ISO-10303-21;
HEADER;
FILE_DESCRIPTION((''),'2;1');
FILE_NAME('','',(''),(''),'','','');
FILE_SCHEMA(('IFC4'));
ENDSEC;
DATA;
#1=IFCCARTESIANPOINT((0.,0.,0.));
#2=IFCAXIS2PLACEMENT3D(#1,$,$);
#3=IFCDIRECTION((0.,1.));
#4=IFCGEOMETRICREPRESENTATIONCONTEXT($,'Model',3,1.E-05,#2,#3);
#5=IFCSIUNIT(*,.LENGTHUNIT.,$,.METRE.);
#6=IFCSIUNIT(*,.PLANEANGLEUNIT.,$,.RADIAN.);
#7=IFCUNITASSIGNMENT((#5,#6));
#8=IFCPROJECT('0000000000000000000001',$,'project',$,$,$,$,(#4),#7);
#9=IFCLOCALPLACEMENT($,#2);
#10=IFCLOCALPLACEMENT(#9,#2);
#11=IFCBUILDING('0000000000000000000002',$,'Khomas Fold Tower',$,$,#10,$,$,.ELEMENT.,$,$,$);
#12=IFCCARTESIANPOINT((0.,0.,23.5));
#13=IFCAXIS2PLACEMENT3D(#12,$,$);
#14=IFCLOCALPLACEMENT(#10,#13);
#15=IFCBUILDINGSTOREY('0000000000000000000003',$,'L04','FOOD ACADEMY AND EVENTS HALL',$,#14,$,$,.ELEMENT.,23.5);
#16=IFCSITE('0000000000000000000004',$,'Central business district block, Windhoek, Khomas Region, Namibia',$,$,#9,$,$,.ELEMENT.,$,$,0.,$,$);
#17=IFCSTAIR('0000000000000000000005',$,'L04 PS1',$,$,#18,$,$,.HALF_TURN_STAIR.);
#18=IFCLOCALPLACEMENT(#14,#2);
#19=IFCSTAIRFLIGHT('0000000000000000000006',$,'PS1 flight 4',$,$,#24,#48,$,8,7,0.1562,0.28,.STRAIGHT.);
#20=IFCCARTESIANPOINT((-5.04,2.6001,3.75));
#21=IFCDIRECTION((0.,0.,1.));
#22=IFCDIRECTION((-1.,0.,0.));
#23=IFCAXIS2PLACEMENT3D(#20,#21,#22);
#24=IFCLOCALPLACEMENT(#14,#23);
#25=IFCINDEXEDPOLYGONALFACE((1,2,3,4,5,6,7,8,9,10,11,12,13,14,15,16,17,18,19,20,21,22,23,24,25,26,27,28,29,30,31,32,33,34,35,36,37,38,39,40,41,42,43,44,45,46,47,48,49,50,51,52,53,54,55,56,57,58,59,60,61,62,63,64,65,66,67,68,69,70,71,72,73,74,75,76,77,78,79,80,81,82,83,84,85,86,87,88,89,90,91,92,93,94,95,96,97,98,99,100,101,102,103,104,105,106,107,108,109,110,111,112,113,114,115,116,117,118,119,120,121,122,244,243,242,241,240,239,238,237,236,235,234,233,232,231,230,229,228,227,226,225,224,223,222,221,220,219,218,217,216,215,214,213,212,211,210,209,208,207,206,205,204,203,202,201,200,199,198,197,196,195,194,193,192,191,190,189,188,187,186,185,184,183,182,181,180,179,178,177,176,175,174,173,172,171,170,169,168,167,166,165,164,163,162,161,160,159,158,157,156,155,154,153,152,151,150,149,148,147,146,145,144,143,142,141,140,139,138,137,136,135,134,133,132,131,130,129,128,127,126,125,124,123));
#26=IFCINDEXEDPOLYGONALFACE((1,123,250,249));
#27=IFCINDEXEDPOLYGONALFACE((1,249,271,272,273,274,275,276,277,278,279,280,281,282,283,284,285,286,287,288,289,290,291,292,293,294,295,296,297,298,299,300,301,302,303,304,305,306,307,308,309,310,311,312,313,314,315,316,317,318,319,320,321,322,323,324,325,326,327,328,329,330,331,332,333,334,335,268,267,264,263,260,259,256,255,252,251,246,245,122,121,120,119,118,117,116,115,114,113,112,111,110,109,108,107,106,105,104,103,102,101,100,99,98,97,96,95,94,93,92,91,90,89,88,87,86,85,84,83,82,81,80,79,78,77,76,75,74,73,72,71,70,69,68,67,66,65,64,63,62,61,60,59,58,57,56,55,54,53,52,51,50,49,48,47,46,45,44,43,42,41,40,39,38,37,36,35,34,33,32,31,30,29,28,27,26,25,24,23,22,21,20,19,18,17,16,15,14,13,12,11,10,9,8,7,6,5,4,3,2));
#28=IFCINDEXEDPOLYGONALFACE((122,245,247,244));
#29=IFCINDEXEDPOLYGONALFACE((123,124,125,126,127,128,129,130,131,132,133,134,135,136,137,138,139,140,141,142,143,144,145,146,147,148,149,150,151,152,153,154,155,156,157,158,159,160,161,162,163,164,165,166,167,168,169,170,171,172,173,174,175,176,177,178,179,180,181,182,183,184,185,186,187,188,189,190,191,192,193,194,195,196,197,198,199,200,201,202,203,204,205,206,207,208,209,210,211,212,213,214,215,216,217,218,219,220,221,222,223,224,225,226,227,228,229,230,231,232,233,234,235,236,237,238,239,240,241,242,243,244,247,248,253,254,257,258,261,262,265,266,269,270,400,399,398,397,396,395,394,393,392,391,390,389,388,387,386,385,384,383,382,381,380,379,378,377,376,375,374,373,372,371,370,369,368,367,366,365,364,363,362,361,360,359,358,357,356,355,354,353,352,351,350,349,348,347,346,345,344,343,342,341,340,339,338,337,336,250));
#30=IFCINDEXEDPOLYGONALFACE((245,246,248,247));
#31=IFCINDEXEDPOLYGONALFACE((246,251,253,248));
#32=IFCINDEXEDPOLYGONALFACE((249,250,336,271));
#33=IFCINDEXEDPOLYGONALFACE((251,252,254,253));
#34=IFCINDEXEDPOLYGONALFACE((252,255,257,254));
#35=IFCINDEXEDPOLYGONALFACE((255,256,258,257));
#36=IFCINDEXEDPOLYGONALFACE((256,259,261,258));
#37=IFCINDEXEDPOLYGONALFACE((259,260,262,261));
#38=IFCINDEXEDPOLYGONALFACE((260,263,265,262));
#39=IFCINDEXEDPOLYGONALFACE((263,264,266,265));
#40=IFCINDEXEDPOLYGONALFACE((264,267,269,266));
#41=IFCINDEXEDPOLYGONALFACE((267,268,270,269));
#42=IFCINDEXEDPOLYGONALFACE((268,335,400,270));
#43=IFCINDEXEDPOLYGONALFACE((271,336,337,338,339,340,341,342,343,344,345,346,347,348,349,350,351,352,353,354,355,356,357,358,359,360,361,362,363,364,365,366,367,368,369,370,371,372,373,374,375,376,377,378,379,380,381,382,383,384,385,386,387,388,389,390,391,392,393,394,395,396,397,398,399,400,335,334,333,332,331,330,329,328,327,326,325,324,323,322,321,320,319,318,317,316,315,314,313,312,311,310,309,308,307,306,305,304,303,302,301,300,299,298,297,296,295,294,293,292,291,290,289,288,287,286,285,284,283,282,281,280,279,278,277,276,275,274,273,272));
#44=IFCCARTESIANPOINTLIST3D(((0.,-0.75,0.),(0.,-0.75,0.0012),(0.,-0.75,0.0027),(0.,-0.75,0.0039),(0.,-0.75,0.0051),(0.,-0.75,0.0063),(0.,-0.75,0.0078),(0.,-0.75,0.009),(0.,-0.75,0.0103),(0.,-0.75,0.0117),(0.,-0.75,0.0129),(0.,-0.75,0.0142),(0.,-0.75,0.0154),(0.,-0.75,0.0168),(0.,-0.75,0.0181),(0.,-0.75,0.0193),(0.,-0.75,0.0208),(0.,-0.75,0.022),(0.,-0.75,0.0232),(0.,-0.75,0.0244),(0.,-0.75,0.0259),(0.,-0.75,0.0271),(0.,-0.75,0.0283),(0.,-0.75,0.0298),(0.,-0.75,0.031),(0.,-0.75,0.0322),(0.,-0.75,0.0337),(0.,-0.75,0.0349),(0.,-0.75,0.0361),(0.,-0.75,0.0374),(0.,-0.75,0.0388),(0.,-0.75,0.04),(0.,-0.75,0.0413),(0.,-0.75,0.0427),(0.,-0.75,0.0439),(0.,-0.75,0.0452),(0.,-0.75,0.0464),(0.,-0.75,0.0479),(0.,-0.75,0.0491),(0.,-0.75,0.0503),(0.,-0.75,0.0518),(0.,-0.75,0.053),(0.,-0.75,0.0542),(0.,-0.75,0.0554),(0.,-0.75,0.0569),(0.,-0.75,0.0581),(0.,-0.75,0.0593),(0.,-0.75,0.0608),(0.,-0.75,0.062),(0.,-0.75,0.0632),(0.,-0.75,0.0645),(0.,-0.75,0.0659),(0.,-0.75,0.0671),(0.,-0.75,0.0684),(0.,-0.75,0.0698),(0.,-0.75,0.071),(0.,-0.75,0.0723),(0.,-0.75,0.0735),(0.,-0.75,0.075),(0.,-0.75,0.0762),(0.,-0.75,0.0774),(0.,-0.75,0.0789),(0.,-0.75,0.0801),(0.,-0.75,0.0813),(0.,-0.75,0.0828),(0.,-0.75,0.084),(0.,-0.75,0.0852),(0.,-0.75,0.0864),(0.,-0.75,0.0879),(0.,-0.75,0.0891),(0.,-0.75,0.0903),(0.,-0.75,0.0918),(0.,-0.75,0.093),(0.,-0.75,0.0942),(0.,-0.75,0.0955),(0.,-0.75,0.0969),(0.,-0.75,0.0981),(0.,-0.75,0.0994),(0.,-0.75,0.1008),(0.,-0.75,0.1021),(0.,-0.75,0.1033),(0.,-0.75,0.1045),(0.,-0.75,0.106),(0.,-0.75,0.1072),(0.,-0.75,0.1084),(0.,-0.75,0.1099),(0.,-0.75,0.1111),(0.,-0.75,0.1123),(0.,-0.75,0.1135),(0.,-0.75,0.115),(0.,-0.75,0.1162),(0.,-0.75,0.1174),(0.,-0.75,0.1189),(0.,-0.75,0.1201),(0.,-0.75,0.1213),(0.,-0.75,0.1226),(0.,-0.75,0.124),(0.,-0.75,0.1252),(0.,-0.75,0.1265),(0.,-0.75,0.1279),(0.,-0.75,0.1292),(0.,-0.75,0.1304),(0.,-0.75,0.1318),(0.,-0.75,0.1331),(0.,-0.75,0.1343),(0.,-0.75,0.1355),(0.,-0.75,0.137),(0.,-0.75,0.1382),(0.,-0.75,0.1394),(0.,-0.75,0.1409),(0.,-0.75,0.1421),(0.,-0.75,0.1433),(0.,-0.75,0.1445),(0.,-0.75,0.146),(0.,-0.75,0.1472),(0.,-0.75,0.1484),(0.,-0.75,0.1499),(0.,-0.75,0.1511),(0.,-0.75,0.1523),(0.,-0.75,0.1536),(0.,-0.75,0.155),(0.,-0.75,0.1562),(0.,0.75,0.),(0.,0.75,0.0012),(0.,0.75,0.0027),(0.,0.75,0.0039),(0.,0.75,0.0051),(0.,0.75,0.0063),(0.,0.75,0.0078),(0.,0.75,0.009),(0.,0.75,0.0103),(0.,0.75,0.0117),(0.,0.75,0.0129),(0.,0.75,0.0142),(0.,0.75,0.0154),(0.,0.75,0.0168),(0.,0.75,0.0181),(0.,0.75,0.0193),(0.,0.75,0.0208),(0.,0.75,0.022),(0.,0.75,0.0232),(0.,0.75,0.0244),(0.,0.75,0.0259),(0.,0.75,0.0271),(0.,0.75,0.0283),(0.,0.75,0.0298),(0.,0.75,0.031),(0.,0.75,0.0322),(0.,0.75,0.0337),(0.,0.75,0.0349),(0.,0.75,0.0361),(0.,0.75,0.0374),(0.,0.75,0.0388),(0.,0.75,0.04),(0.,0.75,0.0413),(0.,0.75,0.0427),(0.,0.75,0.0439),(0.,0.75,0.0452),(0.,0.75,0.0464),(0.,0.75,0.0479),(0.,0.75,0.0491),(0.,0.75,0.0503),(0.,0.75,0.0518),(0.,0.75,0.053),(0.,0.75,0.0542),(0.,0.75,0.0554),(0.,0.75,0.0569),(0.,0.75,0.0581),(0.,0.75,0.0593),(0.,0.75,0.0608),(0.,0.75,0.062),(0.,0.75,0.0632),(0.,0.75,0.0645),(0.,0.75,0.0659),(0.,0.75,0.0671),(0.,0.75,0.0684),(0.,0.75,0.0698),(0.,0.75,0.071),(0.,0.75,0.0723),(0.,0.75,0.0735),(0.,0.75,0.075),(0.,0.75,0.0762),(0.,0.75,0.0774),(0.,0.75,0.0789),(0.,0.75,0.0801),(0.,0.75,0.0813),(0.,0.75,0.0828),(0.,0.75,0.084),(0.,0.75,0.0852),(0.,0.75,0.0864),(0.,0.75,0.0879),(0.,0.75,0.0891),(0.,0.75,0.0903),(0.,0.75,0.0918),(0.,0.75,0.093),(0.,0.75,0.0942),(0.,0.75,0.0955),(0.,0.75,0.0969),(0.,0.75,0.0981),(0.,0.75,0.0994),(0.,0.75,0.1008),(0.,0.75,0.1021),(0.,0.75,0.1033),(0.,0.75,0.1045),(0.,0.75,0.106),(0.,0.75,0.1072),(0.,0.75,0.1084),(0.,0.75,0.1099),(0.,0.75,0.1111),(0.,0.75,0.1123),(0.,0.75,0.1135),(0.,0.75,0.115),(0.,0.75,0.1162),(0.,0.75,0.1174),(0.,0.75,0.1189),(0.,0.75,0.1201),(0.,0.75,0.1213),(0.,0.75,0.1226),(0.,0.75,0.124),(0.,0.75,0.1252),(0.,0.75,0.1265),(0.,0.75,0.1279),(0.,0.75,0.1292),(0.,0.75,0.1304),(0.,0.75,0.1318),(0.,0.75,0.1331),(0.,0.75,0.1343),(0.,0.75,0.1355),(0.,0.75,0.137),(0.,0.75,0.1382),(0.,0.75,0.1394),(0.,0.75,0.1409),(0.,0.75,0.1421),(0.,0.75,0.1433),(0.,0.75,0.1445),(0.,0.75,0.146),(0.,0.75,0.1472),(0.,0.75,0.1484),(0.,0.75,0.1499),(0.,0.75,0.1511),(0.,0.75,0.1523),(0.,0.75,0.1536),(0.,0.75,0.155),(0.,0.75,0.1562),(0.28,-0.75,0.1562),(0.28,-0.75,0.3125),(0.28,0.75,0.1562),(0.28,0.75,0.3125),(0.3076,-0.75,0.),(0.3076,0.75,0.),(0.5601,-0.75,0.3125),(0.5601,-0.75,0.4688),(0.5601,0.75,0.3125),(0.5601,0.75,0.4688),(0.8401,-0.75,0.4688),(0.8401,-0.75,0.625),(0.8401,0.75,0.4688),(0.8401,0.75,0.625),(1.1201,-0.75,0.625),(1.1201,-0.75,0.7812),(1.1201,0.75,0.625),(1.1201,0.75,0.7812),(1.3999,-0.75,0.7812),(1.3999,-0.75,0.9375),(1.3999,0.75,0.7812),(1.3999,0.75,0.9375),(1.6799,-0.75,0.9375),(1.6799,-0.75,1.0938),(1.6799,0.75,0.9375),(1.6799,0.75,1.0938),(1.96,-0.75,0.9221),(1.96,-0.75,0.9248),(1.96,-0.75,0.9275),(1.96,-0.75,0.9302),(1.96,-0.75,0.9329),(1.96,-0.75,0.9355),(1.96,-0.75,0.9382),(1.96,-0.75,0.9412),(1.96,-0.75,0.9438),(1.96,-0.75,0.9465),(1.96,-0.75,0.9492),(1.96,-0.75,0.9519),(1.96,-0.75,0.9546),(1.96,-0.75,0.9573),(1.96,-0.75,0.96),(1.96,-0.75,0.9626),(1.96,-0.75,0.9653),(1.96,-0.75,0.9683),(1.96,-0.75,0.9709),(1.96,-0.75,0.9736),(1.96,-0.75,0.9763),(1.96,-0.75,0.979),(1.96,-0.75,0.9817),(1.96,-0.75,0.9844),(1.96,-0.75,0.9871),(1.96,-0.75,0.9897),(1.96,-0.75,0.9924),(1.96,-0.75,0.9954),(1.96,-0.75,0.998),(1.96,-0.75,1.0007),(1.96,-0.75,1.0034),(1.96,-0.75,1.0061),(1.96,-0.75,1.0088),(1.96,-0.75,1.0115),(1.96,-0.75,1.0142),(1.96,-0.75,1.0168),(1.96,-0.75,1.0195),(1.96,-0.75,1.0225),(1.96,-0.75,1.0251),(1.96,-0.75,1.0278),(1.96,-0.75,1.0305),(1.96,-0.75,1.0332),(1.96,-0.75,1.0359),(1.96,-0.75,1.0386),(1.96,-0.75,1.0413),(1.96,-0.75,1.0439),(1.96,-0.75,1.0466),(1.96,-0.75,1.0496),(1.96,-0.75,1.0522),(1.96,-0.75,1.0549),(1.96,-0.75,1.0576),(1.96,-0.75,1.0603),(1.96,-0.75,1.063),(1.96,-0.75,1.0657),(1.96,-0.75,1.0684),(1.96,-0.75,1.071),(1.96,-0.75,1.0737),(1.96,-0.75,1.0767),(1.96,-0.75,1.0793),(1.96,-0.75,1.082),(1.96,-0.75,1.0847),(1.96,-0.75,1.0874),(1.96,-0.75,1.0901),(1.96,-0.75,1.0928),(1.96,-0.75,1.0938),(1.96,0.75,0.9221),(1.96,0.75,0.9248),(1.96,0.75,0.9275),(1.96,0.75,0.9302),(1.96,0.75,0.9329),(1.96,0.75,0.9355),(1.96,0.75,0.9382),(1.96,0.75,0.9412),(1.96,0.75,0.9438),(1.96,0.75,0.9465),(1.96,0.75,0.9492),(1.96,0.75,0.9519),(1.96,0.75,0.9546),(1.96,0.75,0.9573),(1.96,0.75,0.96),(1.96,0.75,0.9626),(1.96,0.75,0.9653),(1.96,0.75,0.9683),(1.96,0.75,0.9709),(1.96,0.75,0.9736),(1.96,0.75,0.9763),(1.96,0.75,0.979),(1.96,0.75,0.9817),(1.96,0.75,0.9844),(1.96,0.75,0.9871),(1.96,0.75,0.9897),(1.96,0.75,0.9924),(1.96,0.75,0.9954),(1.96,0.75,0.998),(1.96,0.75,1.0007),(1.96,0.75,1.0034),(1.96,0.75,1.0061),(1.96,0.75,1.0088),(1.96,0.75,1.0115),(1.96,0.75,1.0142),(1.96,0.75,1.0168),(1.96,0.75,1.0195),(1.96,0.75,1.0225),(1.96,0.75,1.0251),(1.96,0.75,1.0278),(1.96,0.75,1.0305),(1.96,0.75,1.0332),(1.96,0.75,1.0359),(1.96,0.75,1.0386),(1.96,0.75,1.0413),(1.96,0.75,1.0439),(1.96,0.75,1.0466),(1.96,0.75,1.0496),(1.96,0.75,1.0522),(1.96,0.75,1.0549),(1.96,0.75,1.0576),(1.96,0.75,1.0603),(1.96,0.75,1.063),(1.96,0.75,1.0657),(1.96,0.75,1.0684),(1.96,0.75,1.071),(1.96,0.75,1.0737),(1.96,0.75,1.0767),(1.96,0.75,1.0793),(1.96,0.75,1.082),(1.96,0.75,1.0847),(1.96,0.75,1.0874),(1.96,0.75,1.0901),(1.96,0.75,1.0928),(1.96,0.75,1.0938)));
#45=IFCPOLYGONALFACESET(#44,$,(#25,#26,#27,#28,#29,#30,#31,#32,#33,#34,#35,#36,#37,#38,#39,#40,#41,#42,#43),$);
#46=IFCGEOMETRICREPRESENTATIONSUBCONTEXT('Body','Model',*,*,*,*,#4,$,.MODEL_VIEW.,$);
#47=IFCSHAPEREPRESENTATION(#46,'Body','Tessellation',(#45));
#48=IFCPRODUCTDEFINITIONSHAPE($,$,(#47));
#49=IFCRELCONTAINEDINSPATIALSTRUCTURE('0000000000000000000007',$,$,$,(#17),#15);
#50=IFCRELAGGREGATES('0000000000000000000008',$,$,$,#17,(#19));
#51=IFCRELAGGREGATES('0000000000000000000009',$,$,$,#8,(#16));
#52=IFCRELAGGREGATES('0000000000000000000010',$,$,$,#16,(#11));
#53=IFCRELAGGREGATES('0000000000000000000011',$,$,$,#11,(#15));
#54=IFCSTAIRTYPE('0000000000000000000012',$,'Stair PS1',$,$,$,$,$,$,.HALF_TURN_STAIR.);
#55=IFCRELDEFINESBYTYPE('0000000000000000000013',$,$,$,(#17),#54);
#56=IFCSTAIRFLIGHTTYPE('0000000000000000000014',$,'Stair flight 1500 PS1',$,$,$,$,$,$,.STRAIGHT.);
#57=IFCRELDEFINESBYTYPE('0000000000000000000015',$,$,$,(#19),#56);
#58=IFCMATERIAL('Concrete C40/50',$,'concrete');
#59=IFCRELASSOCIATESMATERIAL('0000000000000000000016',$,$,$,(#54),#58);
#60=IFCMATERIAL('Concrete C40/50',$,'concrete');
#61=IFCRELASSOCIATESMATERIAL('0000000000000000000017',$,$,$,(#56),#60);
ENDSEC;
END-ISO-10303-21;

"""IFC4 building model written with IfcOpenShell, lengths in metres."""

from ifc_helpers import new_model, si_unit, direction, frame, origin, place, context, subcontext, project, spatial, polyline, outline, extrude, source, transform, mapped, material, type_object, element, aggregate, save


model = new_model("IFC4")

# Units and contexts
model_context = context("Model", 3, precision=1e-05, world=origin(), true_north=direction((0.0, 1.0)))
body_context = subcontext(model_context, "Body", "Model", "MODEL_VIEW")
ifc_project = project(units=[si_unit("LENGTHUNIT", "METRE"), si_unit("PLANEANGLEUNIT", "RADIAN")], contexts=[model_context])

# Site, building, storey
site_placement = place(None, origin())
site = spatial("IfcSite", under=ifc_project, at=site_placement, Name="Central business district block, Windhoek, Khomas Region, Namibia", CompositionType="ELEMENT", RefElevation=0.0)
building_placement = place(site_placement, origin())
building = spatial("IfcBuilding", under=site, at=building_placement, Name="Khomas Fold Tower", CompositionType="ELEMENT")
storey_placement = place(building_placement, frame((0.0, 0.0, 23.5)))
storey = spatial("IfcBuildingStorey", under=building, at=storey_placement, Name="L04", Description="FOOD ACADEMY AND EVENTS HALL", CompositionType="ELEMENT", Elevation=23.5)

# Stair, stair flight
ifc_material_1 = material(Name="Concrete C40/50", Category="concrete")
stair_type = type_object("IfcStairType", Name="Stair PS1", PredefinedType="HALF_TURN_STAIR", material=ifc_material_1)
stair_placement = place(storey_placement, origin())
stair = element("IfcStair", 1, at=stair_placement, inside=storey, type_object=stair_type, Name="L04 PS1", PredefinedType="HALF_TURN_STAIR")
ifc_material_2 = material(Name="Concrete C40/50", Category="concrete")
stair_flight_type = type_object("IfcStairFlightType", Name="Stair flight 1500 PS1", PredefinedType="STRAIGHT", material=ifc_material_2)
shared_shape_1 = source(origin(), body_context, "Body", "SweptSolid", [
    extrude(outline(polyline([(0.0, 0.0), (0.0, 0.0012), (0.0, 0.0027), (0.0, 0.0039), (0.0, 0.0051), (0.0, 0.0063), (0.0, 0.0078), (0.0, 0.009), (0.0, 0.0103), (0.0, 0.0117), (0.0, 0.0129), (0.0, 0.0142), (0.0, 0.0154), (0.0, 0.0168), (0.0, 0.0181), (0.0, 0.0193), (0.0, 0.0208), (0.0, 0.022), (0.0, 0.0232), (0.0, 0.0244), (0.0, 0.0259), (0.0, 0.0271), (0.0, 0.0283), (0.0, 0.0298), (0.0, 0.031), (0.0, 0.0322), (0.0, 0.0337), (0.0, 0.0349), (0.0, 0.0361), (0.0, 0.0374), (0.0, 0.0388), (0.0, 0.04), (0.0, 0.0413), (0.0, 0.0427), (0.0, 0.0439), (0.0, 0.0452), (0.0, 0.0464), (0.0, 0.0479), (0.0, 0.0491), (0.0, 0.0503), (0.0, 0.0518), (0.0, 0.053), (0.0, 0.0542), (0.0, 0.0554), (0.0, 0.0569), (0.0, 0.0581), (0.0, 0.0593), (0.0, 0.0608), (0.0, 0.062), (0.0, 0.0632), (0.0, 0.0645), (0.0, 0.0659), (0.0, 0.0671), (0.0, 0.0684), (0.0, 0.0698), (0.0, 0.071), (0.0, 0.0723), (0.0, 0.0735), (0.0, 0.075), (0.0, 0.0762), (0.0, 0.0774), (0.0, 0.0789), (0.0, 0.0801), (0.0, 0.0813), (0.0, 0.0828), (0.0, 0.084), (0.0, 0.0852), (0.0, 0.0864), (0.0, 0.0879), (0.0, 0.0891), (0.0, 0.0903), (0.0, 0.0918), (0.0, 0.093), (0.0, 0.0942), (0.0, 0.0955), (0.0, 0.0969), (0.0, 0.0981), (0.0, 0.0994), (0.0, 0.1008), (0.0, 0.1021), (0.0, 0.1033), (0.0, 0.1045), (0.0, 0.106), (0.0, 0.1072), (0.0, 0.1084), (0.0, 0.1099), (0.0, 0.1111), (0.0, 0.1123), (0.0, 0.1135), (0.0, 0.115), (0.0, 0.1162), (0.0, 0.1174), (0.0, 0.1189), (0.0, 0.1201), (0.0, 0.1213), (0.0, 0.1226), (0.0, 0.124), (0.0, 0.1252), (0.0, 0.1265), (0.0, 0.1279), (0.0, 0.1292), (0.0, 0.1304), (0.0, 0.1318), (0.0, 0.1331), (0.0, 0.1343), (0.0, 0.1355), (0.0, 0.137), (0.0, 0.1382), (0.0, 0.1394), (0.0, 0.1409), (0.0, 0.1421), (0.0, 0.1433), (0.0, 0.1445), (0.0, 0.146), (0.0, 0.1472), (0.0, 0.1484), (0.0, 0.1499), (0.0, 0.1511), (0.0, 0.1523), (0.0, 0.1536), (0.0, 0.155), (0.0, 0.1562), (0.28, 0.1562), (0.28, 0.3125), (0.5601, 0.3125), (0.5601, 0.4688), (0.8401, 0.4688), (0.8401, 0.625), (1.1201, 0.625), (1.1201, 0.7812), (1.3999, 0.7812), (1.3999, 0.9375), (1.6799, 0.9375), (1.6799, 1.0938), (1.96, 1.0938), (1.96, 1.25), (1.96, 1.2473), (1.96, 1.2446), (1.96, 1.2419), (1.96, 1.2393), (1.96, 1.2363), (1.96, 1.2336), (1.96, 1.231), (1.96, 1.2283), (1.96, 1.2256), (1.96, 1.2229), (1.96, 1.2202), (1.96, 1.2175), (1.96, 1.2148), (1.96, 1.2122), (1.96, 1.2092), (1.96, 1.2065), (1.96, 1.2039), (1.96, 1.2012), (1.96, 1.1985), (1.96, 1.1958), (1.96, 1.1931), (1.96, 1.1904), (1.96, 1.1877), (1.96, 1.1851), (1.96, 1.1821), (1.96, 1.1794), (1.96, 1.1768), (1.96, 1.1741), (1.96, 1.1714), (1.96, 1.1687), (1.96, 1.166), (1.96, 1.1633), (1.96, 1.1606), (1.96, 1.158), (1.96, 1.155), (1.96, 1.1523), (1.96, 1.1497), (1.96, 1.147), (1.96, 1.1443), (1.96, 1.1416), (1.96, 1.1389), (1.96, 1.1362), (1.96, 1.1335), (1.96, 1.1309), (1.96, 1.1279), (1.96, 1.1252), (1.96, 1.1226), (1.96, 1.1199), (1.96, 1.1172), (1.96, 1.1145), (1.96, 1.1118), (1.96, 1.1091), (1.96, 1.1064), (1.96, 1.1038), (1.96, 1.1008), (1.96, 1.0981), (1.96, 1.0955), (1.96, 1.0928), (1.96, 1.0901), (1.96, 1.0874), (1.96, 1.0847), (1.96, 1.082), (1.96, 1.0793), (1.96, 1.0767), (1.96, 1.0737), (1.96, 1.071), (1.96, 1.0684), (1.96, 1.0657), (1.96, 1.063), (1.96, 1.0603), (1.96, 1.0576), (1.96, 1.0549), (1.96, 1.0522), (1.96, 1.0496), (1.96, 1.0466), (1.96, 1.0439), (1.96, 1.0413), (1.96, 1.0386), (1.96, 1.0359), (1.96, 1.0332), (1.96, 1.0305), (1.96, 1.0278), (1.96, 1.0251), (1.96, 1.0225), (1.96, 1.0195), (1.96, 1.0168), (1.96, 1.0142), (1.96, 1.0115), (1.96, 1.0088), (1.96, 1.0061), (1.96, 1.0034), (1.96, 1.0007), (1.96, 0.998), (1.96, 0.9954), (1.96, 0.9924), (1.96, 0.9897), (1.96, 0.9871), (1.96, 0.9844), (1.96, 0.9817), (1.96, 0.979), (1.96, 0.9763), (1.96, 0.9736), (1.96, 0.9709), (1.96, 0.9683), (1.96, 0.9653), (1.96, 0.9626), (1.96, 0.96), (1.96, 0.9573), (1.96, 0.9546), (1.96, 0.9519), (1.96, 0.9492), (1.96, 0.9465), (1.96, 0.9438), (1.96, 0.9412), (1.96, 0.9382), (1.96, 0.9355), (1.96, 0.9329), (1.96, 0.9302), (1.96, 0.9275), (1.96, 0.9248), (1.96, 0.9221), (0.3076, 0.0), (0.0, 0.0)])), frame((0.0, 0.75, 0.0), z_axis=(0.0, -1.0, 0.0), x_axis=(1.0, 0.0, 0.0)), (0.0, 0.0, 1.0), 1.5),
])
stair_flight_1_placement = place(storey_placement, frame((-5.04, 2.6001, 3.75), z_axis=(0.0, 0.0, 1.0), x_axis=(-1.0, 0.0, 0.0)))
stair_flight_1 = element("IfcStairFlight", 2, at=stair_flight_1_placement, type_object=stair_flight_type, Name="PS1 flight 4", NumberOfRisers=8, NumberOfTreads=7, PredefinedType="STRAIGHT", RiserHeight=0.1562, TreadLength=0.28, context=body_context, shape_type="MappedRepresentation", body=[
    mapped(shared_shape_1, transform((0.0, 0.0, 0.0))),
])
aggregate(stair, [stair_flight_1])

save(model, "model.ifc")
